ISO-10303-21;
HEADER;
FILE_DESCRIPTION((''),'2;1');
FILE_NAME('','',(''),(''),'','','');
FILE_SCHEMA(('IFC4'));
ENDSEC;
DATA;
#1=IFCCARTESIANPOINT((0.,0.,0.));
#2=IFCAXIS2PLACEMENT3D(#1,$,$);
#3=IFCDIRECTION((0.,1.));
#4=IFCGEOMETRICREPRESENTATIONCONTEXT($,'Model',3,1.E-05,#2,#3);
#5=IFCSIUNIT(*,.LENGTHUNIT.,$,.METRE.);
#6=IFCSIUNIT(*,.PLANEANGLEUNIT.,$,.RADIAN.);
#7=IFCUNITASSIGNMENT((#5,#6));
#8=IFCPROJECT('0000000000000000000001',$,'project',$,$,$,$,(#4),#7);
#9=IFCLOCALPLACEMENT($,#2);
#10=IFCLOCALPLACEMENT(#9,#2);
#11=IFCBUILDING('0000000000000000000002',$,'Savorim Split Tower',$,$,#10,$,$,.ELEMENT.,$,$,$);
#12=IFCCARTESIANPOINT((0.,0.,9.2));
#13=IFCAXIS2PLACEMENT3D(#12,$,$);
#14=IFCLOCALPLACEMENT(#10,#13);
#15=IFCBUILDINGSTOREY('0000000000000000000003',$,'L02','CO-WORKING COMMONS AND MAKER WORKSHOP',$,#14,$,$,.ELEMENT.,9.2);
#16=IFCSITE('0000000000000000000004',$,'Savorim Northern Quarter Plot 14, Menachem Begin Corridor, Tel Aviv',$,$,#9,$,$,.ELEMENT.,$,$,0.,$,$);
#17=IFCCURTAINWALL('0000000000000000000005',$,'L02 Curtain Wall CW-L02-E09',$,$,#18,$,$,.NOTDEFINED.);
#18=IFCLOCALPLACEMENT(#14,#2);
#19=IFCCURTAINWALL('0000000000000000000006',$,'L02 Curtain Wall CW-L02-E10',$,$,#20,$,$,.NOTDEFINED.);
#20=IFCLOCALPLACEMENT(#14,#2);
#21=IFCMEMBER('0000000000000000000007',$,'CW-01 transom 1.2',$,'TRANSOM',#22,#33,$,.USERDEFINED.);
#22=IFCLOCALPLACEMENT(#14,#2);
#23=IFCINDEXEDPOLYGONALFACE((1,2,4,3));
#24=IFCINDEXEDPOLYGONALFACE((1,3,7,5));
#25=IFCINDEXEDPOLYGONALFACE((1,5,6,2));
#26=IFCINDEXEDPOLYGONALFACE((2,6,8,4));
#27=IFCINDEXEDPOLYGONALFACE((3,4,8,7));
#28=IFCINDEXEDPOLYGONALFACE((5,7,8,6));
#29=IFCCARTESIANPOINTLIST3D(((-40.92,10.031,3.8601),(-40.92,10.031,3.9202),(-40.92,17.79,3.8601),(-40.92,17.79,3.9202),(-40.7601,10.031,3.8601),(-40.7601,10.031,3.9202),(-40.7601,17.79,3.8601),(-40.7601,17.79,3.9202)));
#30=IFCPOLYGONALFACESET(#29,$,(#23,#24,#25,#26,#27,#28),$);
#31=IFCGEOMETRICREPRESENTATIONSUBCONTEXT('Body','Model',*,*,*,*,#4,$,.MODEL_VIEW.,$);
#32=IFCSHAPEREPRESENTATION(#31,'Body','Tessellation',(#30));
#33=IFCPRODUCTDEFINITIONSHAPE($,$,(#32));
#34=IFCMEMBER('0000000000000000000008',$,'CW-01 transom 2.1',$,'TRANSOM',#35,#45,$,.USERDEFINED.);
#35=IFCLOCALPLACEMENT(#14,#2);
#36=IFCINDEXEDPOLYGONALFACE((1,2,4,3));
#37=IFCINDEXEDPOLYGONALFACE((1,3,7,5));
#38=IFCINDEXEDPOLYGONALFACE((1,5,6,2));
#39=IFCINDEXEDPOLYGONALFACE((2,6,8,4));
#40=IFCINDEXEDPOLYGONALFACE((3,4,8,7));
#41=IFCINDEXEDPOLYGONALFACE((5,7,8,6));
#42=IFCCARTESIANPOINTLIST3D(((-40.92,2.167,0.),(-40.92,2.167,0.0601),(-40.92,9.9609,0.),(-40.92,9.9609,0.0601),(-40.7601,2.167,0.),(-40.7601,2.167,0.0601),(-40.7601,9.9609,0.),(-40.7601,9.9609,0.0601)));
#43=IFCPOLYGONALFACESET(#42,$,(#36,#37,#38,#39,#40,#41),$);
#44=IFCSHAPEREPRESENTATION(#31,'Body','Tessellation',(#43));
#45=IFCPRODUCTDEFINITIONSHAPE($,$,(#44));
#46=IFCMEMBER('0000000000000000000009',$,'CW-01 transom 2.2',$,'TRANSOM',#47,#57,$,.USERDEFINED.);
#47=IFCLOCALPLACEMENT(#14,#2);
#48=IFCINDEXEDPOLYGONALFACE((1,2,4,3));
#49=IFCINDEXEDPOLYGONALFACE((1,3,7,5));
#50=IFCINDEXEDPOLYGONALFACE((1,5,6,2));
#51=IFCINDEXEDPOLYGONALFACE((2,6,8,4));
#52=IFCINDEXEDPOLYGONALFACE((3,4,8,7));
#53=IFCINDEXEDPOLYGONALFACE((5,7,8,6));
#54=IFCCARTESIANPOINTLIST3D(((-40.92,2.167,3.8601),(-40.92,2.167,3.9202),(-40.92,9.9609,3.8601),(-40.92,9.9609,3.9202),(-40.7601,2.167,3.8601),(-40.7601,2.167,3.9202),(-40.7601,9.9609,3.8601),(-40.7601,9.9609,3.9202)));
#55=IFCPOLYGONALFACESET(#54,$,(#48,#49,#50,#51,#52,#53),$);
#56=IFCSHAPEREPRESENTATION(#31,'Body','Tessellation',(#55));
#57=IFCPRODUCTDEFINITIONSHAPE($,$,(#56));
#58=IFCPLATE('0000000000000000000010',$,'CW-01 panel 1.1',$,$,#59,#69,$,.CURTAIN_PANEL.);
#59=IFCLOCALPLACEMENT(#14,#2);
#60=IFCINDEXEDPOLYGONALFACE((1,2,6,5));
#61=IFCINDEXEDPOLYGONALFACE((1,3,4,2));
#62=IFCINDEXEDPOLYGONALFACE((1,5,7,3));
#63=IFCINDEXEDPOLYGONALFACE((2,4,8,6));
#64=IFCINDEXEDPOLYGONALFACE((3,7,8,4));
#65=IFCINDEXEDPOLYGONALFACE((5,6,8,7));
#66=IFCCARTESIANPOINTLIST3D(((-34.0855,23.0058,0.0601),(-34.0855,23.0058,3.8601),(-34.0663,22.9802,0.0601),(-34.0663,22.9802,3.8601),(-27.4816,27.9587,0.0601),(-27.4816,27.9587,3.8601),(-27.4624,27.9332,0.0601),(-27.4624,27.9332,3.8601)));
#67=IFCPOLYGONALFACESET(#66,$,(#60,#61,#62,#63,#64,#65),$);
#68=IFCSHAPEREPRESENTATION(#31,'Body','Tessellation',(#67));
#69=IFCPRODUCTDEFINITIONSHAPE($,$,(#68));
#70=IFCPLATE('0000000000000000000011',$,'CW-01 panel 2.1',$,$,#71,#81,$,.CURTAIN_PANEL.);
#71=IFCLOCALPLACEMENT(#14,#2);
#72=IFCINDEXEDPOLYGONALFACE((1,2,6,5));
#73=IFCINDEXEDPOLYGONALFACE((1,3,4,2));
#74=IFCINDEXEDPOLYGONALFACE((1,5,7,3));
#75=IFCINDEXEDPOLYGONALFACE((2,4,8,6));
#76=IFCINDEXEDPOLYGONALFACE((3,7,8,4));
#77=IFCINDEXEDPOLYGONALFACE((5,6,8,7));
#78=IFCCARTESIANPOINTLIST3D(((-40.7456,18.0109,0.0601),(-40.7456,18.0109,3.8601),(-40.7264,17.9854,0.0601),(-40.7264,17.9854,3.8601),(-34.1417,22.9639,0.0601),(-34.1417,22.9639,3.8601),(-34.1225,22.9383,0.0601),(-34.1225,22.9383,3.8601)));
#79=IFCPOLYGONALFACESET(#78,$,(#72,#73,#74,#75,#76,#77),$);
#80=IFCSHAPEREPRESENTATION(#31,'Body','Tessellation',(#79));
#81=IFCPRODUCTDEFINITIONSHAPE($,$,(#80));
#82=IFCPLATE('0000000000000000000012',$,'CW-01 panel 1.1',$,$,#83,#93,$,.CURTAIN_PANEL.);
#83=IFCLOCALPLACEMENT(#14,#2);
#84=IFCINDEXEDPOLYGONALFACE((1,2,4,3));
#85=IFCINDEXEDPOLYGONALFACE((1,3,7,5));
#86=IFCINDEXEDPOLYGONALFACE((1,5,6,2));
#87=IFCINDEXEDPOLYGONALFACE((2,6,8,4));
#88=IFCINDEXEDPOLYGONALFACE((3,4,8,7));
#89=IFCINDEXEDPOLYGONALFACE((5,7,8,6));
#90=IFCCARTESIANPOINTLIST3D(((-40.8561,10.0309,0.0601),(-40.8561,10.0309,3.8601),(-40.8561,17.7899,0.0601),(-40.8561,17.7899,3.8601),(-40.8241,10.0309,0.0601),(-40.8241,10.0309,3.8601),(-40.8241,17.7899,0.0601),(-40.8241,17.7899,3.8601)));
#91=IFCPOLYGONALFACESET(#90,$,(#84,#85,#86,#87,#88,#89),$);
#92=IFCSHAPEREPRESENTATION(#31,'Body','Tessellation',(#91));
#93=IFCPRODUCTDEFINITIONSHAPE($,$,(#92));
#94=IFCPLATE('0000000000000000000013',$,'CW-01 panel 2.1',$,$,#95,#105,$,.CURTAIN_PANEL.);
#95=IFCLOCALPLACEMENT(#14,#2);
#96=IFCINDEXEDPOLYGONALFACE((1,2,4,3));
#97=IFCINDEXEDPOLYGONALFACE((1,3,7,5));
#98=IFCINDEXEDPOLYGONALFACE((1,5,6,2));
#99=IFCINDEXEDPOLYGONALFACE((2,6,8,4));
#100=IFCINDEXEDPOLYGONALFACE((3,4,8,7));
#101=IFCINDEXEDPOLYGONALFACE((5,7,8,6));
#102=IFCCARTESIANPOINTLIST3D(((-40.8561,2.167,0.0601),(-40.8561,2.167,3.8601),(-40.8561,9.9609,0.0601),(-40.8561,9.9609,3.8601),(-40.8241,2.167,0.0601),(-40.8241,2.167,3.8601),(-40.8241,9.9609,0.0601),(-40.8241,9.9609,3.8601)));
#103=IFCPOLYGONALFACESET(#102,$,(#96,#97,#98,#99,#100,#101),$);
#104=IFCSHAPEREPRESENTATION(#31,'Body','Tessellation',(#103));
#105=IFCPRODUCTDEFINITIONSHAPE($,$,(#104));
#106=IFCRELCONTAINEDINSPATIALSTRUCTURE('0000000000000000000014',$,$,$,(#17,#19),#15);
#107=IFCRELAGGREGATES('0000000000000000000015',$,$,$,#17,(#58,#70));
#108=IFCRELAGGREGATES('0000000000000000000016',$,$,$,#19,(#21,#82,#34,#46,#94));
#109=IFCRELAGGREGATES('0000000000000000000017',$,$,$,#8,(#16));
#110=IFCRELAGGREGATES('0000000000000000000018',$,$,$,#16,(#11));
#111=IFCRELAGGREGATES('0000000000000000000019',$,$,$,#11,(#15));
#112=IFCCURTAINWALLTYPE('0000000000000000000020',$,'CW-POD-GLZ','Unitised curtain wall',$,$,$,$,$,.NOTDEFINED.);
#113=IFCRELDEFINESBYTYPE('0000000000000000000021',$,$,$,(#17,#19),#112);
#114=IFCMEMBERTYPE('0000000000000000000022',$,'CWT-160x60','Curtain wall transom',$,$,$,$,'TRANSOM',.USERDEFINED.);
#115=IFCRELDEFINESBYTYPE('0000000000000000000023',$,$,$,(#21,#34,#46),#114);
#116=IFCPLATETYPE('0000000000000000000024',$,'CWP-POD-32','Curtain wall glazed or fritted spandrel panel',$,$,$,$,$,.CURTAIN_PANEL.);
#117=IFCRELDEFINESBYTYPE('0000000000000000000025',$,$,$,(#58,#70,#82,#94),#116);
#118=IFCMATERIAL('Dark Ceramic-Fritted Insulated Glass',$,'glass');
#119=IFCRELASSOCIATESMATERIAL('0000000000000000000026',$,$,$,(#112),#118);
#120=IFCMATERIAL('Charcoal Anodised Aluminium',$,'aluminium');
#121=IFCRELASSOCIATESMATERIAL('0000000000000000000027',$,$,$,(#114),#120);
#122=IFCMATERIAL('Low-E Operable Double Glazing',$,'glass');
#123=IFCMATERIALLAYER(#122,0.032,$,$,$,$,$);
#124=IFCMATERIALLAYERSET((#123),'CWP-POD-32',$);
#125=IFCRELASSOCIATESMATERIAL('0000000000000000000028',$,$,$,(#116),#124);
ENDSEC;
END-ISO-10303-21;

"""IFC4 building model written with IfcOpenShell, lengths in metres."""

from ifc_helpers import new_model, si_unit, direction, frame, origin, origin_2d, place, context, subcontext, project, spatial, rectangle, extrude, material, layer, layer_set, material_profile, profile_set, type_object, element, aggregate, save


model = new_model("IFC4")

# Units and contexts
model_context = context("Model", 3, precision=1e-05, world=origin(), true_north=direction((0.0, 1.0)))
body_context = subcontext(model_context, "Body", "Model", "MODEL_VIEW")
ifc_project = project(units=[si_unit("LENGTHUNIT", "METRE"), si_unit("PLANEANGLEUNIT", "RADIAN")], contexts=[model_context])

# Site, building, storey
site_placement = place(None, origin())
site = spatial("IfcSite", under=ifc_project, at=site_placement, Name="Savorim Northern Quarter Plot 14, Menachem Begin Corridor, Tel Aviv", CompositionType="ELEMENT", RefElevation=0.0)
building_placement = place(site_placement, origin())
building = spatial("IfcBuilding", under=site, at=building_placement, Name="Savorim Split Tower", CompositionType="ELEMENT")
storey_placement = place(building_placement, frame((0.0, 0.0, 9.2)))
storey = spatial("IfcBuildingStorey", under=building, at=storey_placement, Name="L02", Description="CO-WORKING COMMONS AND MAKER WORKSHOP", CompositionType="ELEMENT", Elevation=9.2)

# Curtain walls
ifc_material_1 = material(Name="Dark Ceramic-Fritted Insulated Glass", Category="glass")
curtain_wall_type = type_object("IfcCurtainWallType", Name="CW-POD-GLZ", Description="Unitised curtain wall", PredefinedType="NOTDEFINED", material=ifc_material_1)
curtain_wall_1_placement = place(storey_placement, origin())
curtain_wall_1 = element("IfcCurtainWall", 1, at=curtain_wall_1_placement, inside=storey, type_object=curtain_wall_type, Name="L02 Curtain Wall CW-L02-E09", PredefinedType="NOTDEFINED")
ifc_material_2 = material(Name="Charcoal Anodised Aluminium", Category="aluminium")
curtain_wall_2_placement = place(storey_placement, origin())
curtain_wall_2 = element("IfcCurtainWall", 2, at=curtain_wall_2_placement, inside=storey, type_object=curtain_wall_type, Name="L02 Curtain Wall CW-L02-E10", PredefinedType="NOTDEFINED")

# Members
ifc_material_profile_1 = material_profile(ifc_material_2, rectangle(XDim=0.1599, YDim=0.0601, at=origin_2d()), Name="ALU-T 160x60")
ifc_profile_set_1 = profile_set([ifc_material_profile_1], Name="Charcoal Anodised Aluminium")
member_type_1 = type_object("IfcMemberType", Name="CWT-160x60", Description="Curtain wall transom", ElementType="TRANSOM", PredefinedType="USERDEFINED", material=ifc_profile_set_1)
member_1_placement = place(storey_placement, frame((-40.8401, 17.79, 3.8901), z_axis=(0.0, -1.0, 0.0), x_axis=(1.0, 0.0, 0.0)))
member_1 = element("IfcMember", 3, at=member_1_placement, type_object=member_type_1, Name="CW-01 transom 1.2", ObjectType="TRANSOM", PredefinedType="USERDEFINED", context=body_context, shape_type="SweptSolid", body=[
    extrude(rectangle(XDim=0.1599, YDim=0.0601, at=origin_2d()), origin(), (0.0, 0.0, 1.0), 7.759),
])
member_2_placement = place(storey_placement, frame((-40.8401, 9.9609, 0.03), z_axis=(0.0, -1.0, 0.0), x_axis=(1.0, 0.0, 0.0)))
member_2 = element("IfcMember", 4, at=member_2_placement, type_object=member_type_1, Name="CW-01 transom 2.1", ObjectType="TRANSOM", PredefinedType="USERDEFINED", context=body_context, shape_type="SweptSolid", body=[
    extrude(rectangle(XDim=0.1599, YDim=0.0601, at=origin_2d()), origin(), (0.0, 0.0, 1.0), 7.7939),
])
member_3_placement = place(storey_placement, frame((-40.8401, 9.9609, 3.8901), z_axis=(0.0, -1.0, 0.0), x_axis=(1.0, 0.0, 0.0)))
member_3 = element("IfcMember", 5, at=member_3_placement, type_object=member_type_1, Name="CW-01 transom 2.2", ObjectType="TRANSOM", PredefinedType="USERDEFINED", context=body_context, shape_type="SweptSolid", body=[
    extrude(rectangle(XDim=0.1599, YDim=0.0601, at=origin_2d()), origin(), (0.0, 0.0, 1.0), 7.7939),
])

# Plates
ifc_material_3 = material(Name="Low-E Operable Double Glazing", Category="glass")
ifc_layer_1 = layer(ifc_material_3, 0.032)
ifc_layer_set_1 = layer_set([ifc_layer_1], Name="CWP-POD-32")
plate_type = type_object("IfcPlateType", Name="CWP-POD-32", Description="Curtain wall glazed or fritted spandrel panel", PredefinedType="CURTAIN_PANEL", material=ifc_layer_set_1)
plate_1_placement = place(storey_placement, frame((-30.7739, 25.4695, 0.0601), z_axis=(0.0, 0.0, 1.0), x_axis=(-0.8, -0.6, 0.0)))
plate_1 = element("IfcPlate", 6, at=plate_1_placement, type_object=plate_type, Name="CW-01 panel 1.1", PredefinedType="CURTAIN_PANEL", context=body_context, shape_type="SweptSolid", body=[
    extrude(rectangle(XDim=8.2549, YDim=0.032, at=origin_2d()), origin(), (0.0, 0.0, 1.0), 3.8),
])
plate_2_placement = place(storey_placement, frame((-37.4341, 20.4746, 0.0601), z_axis=(0.0, 0.0, 1.0), x_axis=(-0.8, -0.6, 0.0)))
plate_2 = element("IfcPlate", 7, at=plate_2_placement, type_object=plate_type, Name="CW-01 panel 2.1", PredefinedType="CURTAIN_PANEL", context=body_context, shape_type="SweptSolid", body=[
    extrude(rectangle(XDim=8.2549, YDim=0.032, at=origin_2d()), origin(), (0.0, 0.0, 1.0), 3.8),
])
aggregate(curtain_wall_1, [plate_1, plate_2])
plate_3_placement = place(storey_placement, frame((-40.8401, 13.9104, 0.0601), z_axis=(0.0, 0.0, 1.0), x_axis=(0.0, -1.0, 0.0)))
plate_3 = element("IfcPlate", 8, at=plate_3_placement, type_object=plate_type, Name="CW-01 panel 1.1", PredefinedType="CURTAIN_PANEL", context=body_context, shape_type="SweptSolid", body=[
    extrude(rectangle(XDim=7.759, YDim=0.032, at=origin_2d()), origin(), (0.0, 0.0, 1.0), 3.8),
])
plate_4_placement = place(storey_placement, frame((-40.8401, 6.064, 0.0601), z_axis=(0.0, 0.0, 1.0), x_axis=(0.0, -1.0, 0.0)))
plate_4 = element("IfcPlate", 9, at=plate_4_placement, type_object=plate_type, Name="CW-01 panel 2.1", PredefinedType="CURTAIN_PANEL", context=body_context, shape_type="SweptSolid", body=[
    extrude(rectangle(XDim=7.7939, YDim=0.032, at=origin_2d()), origin(), (0.0, 0.0, 1.0), 3.8),
])
aggregate(curtain_wall_2, [member_1, plate_3, member_2, member_3, plate_4])

save(model, "model.ifc")
